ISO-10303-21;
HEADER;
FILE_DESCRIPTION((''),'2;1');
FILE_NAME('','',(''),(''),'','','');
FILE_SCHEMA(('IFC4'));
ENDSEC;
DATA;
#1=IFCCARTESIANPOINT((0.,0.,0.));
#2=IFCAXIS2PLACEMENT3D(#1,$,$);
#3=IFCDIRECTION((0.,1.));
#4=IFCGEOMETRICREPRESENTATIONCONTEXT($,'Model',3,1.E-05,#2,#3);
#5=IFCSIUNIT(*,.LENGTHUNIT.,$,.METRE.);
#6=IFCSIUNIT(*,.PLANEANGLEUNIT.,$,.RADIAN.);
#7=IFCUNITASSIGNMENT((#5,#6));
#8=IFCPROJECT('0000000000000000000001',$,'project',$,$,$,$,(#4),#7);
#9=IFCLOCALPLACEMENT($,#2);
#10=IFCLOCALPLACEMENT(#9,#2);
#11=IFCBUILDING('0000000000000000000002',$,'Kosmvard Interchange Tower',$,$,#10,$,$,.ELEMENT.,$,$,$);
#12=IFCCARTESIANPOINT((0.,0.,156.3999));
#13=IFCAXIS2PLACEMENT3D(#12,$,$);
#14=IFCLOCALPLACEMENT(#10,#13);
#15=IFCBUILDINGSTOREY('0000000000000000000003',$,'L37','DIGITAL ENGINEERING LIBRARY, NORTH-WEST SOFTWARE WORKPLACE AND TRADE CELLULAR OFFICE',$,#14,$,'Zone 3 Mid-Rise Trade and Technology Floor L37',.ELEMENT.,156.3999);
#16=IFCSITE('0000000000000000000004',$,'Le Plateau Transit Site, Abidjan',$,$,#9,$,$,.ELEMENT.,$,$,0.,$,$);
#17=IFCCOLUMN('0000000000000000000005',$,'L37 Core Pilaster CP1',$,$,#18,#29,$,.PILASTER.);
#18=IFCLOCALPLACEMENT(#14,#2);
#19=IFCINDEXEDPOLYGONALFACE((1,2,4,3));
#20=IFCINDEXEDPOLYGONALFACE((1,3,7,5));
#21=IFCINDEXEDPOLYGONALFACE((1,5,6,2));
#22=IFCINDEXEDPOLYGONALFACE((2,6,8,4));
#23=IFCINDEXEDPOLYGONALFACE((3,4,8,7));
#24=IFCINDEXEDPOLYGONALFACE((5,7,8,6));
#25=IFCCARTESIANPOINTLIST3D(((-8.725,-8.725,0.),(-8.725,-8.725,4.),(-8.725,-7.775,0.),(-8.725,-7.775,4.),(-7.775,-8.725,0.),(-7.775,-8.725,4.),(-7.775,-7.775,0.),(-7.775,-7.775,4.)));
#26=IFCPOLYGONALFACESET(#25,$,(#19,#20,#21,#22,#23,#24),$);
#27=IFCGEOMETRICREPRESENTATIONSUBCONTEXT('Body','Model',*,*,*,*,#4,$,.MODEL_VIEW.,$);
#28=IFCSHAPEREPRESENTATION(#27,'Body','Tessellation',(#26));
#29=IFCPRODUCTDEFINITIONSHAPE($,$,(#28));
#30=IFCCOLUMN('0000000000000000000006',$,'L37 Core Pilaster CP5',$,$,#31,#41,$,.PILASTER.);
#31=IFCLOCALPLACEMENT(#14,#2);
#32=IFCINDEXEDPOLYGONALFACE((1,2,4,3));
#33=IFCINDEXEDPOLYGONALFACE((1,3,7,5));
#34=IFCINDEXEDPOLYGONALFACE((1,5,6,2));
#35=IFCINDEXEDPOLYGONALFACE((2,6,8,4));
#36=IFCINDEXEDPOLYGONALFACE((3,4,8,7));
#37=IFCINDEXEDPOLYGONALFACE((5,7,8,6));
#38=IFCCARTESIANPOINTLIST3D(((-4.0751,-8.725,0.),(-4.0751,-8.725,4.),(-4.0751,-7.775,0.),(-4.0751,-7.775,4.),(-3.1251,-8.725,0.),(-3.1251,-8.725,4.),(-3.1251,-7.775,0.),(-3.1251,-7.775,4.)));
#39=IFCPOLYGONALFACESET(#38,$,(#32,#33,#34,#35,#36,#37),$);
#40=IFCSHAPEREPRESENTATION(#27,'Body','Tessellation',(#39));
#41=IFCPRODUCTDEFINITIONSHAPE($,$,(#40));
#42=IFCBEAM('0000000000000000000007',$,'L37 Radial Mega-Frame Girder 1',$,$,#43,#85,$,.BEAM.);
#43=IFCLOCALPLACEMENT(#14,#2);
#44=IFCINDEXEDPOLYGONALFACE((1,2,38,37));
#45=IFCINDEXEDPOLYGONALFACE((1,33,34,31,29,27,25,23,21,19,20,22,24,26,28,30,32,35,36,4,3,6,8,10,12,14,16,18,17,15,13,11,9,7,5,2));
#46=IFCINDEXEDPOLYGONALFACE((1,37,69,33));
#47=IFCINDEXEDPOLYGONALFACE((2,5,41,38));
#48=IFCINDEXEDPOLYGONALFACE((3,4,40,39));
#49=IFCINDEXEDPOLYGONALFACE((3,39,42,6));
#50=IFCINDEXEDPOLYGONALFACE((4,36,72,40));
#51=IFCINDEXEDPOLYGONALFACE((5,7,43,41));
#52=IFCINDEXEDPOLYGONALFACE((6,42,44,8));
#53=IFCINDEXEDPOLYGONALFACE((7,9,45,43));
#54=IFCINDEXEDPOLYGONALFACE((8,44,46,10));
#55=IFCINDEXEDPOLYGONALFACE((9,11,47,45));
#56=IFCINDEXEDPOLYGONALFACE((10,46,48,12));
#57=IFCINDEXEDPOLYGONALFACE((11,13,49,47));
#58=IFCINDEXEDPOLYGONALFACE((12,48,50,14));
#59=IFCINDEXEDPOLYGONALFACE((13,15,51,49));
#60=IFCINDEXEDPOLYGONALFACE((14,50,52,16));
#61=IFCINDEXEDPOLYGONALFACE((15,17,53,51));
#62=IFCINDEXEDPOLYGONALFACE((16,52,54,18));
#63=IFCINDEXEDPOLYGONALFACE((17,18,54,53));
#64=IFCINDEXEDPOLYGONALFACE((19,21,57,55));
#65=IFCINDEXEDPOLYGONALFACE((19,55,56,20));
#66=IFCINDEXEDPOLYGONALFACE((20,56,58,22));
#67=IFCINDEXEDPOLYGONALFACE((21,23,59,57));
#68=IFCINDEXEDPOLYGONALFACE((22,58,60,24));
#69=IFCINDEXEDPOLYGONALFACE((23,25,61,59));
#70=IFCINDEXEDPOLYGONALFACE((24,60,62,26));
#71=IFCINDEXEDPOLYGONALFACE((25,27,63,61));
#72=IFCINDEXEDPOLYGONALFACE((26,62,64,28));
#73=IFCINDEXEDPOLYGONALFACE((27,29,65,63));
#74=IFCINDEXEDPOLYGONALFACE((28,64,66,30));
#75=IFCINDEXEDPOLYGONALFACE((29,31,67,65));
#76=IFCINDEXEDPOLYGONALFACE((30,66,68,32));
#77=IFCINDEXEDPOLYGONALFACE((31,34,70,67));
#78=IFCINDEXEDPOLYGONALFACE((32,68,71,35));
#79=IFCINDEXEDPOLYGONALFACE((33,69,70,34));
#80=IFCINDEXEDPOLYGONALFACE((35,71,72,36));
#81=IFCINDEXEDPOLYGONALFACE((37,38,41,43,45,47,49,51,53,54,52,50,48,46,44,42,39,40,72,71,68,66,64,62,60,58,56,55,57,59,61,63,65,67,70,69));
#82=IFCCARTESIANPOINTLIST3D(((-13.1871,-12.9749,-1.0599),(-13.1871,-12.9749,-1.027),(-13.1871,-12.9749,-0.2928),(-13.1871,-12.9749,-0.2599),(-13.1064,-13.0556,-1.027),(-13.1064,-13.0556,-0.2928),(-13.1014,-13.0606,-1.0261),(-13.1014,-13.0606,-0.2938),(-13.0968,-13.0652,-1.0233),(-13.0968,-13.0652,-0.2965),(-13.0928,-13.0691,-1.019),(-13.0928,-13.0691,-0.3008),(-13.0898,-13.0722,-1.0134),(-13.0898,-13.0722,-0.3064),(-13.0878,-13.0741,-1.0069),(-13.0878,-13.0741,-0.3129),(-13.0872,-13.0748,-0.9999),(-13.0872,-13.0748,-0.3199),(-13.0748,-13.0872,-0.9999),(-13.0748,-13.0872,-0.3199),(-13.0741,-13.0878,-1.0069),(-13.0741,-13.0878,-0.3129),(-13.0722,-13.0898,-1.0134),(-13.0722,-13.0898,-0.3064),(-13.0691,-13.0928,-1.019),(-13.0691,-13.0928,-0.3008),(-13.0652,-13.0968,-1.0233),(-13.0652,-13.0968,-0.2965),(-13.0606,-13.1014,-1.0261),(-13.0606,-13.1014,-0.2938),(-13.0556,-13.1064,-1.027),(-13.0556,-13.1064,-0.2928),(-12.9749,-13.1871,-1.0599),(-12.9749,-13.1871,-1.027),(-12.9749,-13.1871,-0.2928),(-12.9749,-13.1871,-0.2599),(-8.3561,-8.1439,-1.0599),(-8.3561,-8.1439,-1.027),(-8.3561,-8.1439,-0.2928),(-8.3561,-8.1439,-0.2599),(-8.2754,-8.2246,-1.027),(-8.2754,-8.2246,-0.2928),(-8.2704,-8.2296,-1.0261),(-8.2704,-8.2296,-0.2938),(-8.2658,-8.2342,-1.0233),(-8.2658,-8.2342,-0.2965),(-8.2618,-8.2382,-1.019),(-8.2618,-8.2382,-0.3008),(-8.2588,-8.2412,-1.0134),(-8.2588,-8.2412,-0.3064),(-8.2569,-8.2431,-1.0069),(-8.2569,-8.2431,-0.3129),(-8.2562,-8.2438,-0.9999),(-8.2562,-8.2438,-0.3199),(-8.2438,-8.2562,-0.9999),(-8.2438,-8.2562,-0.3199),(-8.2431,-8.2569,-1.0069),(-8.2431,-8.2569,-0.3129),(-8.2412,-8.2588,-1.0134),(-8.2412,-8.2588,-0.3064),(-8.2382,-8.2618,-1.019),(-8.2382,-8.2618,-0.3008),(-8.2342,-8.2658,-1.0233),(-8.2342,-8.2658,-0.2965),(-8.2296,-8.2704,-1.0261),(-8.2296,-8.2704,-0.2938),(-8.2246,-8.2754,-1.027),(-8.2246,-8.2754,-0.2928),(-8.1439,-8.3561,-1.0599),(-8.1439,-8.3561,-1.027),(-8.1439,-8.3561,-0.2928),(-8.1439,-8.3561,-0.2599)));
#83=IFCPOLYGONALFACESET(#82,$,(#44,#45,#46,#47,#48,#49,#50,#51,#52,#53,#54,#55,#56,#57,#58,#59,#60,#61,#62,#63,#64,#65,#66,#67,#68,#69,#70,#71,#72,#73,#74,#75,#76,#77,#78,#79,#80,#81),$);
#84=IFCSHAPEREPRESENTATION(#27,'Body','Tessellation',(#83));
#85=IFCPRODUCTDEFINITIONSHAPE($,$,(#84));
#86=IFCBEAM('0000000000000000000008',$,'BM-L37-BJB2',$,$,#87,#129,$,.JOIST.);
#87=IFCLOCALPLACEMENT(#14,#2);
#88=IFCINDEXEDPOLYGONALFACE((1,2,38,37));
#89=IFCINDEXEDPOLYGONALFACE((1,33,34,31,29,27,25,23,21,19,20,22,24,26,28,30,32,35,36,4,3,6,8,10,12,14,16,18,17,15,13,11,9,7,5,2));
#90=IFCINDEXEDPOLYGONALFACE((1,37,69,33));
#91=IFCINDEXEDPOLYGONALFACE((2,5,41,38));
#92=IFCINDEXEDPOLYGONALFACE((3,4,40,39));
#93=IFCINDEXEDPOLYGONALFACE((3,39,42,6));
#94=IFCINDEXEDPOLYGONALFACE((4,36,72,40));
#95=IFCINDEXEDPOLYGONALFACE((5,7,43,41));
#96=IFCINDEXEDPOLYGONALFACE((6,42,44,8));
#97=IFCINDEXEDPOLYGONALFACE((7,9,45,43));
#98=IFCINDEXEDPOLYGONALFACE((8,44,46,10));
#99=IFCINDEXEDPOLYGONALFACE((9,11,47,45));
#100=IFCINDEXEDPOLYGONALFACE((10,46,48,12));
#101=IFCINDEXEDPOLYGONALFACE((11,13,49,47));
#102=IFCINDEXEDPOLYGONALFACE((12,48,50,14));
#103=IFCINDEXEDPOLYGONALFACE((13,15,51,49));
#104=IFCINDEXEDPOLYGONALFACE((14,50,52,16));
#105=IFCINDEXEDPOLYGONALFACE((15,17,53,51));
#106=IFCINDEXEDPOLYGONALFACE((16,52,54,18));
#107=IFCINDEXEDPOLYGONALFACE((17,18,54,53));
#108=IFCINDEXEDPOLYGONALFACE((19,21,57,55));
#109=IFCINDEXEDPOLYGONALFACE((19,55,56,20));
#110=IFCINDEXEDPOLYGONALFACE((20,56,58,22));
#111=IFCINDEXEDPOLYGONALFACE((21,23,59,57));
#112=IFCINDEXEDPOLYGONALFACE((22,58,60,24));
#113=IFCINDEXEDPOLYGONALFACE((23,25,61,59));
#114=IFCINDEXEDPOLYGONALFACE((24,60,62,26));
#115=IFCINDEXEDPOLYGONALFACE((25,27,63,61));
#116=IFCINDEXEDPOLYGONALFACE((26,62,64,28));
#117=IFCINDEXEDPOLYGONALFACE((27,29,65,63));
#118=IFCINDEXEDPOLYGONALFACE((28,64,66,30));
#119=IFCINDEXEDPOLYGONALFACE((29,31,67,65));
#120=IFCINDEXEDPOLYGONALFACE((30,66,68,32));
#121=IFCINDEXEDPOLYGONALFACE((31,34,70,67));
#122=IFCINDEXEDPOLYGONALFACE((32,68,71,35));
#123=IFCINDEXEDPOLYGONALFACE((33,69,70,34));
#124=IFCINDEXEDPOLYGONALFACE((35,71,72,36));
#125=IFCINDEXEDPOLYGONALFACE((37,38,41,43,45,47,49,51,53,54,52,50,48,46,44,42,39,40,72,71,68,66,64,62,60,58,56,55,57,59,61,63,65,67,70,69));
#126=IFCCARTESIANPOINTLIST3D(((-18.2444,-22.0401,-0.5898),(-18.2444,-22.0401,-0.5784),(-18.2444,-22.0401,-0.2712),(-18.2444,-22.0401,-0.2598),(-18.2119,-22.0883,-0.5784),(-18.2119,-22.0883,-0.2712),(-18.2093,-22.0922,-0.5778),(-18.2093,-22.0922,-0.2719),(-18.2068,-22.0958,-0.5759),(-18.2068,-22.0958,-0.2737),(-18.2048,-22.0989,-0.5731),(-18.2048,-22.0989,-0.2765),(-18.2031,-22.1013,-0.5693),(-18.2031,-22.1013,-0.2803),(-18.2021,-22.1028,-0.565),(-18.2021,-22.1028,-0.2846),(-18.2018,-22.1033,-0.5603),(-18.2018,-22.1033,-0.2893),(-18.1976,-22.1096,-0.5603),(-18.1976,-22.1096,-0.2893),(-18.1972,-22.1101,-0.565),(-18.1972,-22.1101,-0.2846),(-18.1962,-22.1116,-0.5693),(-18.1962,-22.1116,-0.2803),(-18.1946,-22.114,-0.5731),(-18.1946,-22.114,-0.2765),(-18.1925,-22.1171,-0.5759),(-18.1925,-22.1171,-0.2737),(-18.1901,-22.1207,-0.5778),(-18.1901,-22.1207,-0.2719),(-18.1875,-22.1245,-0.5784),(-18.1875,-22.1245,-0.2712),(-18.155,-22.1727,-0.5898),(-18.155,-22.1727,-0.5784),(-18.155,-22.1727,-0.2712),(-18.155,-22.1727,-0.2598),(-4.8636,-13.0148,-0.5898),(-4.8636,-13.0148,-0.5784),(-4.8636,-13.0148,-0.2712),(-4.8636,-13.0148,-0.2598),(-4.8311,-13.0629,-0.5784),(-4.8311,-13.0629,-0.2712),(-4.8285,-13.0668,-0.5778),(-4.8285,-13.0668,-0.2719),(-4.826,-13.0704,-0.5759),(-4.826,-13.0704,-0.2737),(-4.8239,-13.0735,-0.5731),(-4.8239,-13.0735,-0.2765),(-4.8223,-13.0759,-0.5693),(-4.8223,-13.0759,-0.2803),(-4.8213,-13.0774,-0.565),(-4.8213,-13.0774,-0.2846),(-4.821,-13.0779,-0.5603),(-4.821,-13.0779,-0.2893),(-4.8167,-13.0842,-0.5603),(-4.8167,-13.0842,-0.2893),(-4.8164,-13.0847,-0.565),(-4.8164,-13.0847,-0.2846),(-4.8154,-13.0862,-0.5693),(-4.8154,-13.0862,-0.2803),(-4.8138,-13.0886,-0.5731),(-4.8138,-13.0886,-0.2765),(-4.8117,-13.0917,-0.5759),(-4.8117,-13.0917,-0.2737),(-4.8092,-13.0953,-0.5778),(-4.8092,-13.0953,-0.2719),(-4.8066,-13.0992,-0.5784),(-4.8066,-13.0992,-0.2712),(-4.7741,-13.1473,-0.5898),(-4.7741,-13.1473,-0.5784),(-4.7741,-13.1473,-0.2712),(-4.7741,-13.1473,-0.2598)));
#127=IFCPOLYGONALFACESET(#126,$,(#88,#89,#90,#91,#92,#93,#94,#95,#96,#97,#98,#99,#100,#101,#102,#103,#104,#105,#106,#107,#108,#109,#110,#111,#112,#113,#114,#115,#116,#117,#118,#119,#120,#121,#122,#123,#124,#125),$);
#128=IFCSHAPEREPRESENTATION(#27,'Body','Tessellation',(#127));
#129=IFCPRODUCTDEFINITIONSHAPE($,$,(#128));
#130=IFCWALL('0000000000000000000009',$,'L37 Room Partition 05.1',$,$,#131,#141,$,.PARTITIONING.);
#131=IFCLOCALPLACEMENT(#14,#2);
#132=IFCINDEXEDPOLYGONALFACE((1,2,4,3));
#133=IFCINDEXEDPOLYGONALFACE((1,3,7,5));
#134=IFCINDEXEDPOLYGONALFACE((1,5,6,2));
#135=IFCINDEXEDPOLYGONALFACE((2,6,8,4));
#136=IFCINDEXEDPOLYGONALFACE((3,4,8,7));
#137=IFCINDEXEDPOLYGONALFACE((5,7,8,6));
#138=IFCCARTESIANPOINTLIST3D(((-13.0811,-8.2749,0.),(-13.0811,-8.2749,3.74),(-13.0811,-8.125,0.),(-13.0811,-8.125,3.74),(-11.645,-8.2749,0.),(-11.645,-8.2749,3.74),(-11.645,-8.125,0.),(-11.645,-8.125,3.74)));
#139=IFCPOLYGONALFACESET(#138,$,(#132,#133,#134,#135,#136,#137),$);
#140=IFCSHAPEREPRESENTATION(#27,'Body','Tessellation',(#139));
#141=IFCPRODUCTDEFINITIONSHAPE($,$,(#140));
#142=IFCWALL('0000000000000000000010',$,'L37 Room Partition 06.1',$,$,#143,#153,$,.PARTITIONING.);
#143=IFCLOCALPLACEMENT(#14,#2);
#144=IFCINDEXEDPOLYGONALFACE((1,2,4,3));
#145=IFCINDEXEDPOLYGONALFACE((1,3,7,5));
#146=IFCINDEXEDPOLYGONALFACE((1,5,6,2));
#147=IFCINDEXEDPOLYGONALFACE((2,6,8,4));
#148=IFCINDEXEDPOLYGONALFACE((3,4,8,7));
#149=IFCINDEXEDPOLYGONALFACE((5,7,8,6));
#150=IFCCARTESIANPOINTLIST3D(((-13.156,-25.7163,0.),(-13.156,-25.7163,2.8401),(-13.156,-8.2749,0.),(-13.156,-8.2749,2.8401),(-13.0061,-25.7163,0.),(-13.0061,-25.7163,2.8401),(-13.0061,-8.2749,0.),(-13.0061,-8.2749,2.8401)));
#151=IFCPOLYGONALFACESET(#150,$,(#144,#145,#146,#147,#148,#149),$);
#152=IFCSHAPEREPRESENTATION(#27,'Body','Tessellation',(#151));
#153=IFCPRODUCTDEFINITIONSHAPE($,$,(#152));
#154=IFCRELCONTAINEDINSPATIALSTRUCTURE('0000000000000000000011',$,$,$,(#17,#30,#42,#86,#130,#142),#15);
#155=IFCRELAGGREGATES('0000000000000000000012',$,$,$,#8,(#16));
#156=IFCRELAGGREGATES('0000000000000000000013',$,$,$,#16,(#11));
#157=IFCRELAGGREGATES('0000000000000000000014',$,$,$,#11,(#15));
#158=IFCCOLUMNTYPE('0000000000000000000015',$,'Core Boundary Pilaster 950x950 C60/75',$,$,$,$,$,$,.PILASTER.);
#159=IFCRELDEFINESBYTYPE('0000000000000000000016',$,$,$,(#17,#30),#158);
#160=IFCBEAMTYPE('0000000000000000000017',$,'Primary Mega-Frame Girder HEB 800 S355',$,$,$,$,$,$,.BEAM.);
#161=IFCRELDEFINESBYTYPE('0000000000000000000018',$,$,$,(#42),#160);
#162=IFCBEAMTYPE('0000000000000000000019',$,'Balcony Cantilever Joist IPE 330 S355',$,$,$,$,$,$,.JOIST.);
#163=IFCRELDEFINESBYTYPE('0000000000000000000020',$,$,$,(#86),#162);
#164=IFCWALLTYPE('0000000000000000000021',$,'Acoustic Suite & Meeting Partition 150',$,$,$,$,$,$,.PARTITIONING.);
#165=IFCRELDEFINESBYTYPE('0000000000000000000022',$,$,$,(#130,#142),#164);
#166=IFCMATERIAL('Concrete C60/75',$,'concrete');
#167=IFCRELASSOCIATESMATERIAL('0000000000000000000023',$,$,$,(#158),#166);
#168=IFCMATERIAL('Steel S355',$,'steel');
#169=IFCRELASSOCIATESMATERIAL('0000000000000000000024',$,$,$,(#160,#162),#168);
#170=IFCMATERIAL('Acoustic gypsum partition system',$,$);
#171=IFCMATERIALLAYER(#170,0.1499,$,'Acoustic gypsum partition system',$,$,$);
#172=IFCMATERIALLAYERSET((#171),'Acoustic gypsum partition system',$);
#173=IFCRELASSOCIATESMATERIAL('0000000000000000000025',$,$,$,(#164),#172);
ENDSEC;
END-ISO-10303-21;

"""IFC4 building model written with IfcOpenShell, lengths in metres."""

from ifc_helpers import new_model, si_unit, direction, frame, frame_2d, origin, origin_2d, place, context, subcontext, project, spatial, rectangle, i_section, extrude, source, transform, mapped, material, layer, layer_set, material_profile, profile_set, type_object, element, save


model = new_model("IFC4")

# Units and contexts
model_context = context("Model", 3, precision=1e-05, world=origin(), true_north=direction((0.0, 1.0)))
body_context = subcontext(model_context, "Body", "Model", "MODEL_VIEW")
ifc_project = project(units=[si_unit("LENGTHUNIT", "METRE"), si_unit("PLANEANGLEUNIT", "RADIAN")], contexts=[model_context])

# Site, building, storey
site_placement = place(None, origin())
site = spatial("IfcSite", under=ifc_project, at=site_placement, Name="Le Plateau Transit Site, Abidjan", CompositionType="ELEMENT", RefElevation=0.0)
building_placement = place(site_placement, origin())
building = spatial("IfcBuilding", under=site, at=building_placement, Name="Kosmvard Interchange Tower", CompositionType="ELEMENT")
storey_placement = place(building_placement, frame((0.0, 0.0, 156.3999)))
storey = spatial("IfcBuildingStorey", under=building, at=storey_placement, Name="L37", Description="DIGITAL ENGINEERING LIBRARY, NORTH-WEST SOFTWARE WORKPLACE AND TRADE CELLULAR OFFICE", LongName="Zone 3 Mid-Rise Trade and Technology Floor L37", CompositionType="ELEMENT", Elevation=156.3999)

# Columns
ifc_material_1 = material(Name="Concrete C60/75", Category="concrete")
ifc_material_profile_1 = material_profile(ifc_material_1, rectangle(XDim=0.95, YDim=0.95, at=origin_2d()), Name="CP 950x950")
ifc_profile_set_1 = profile_set([ifc_material_profile_1], Name="Concrete C60/75")
column_type = type_object("IfcColumnType", Name="Core Boundary Pilaster 950x950 C60/75", PredefinedType="PILASTER", material=ifc_profile_set_1)
shared_shape_1 = source(origin(), body_context, "Body", "SweptSolid", [
    extrude(rectangle(XDim=0.95, YDim=0.95, at=origin_2d()), origin(), (0.0, 0.0, 1.0), 4.0),
])
for number, where, z_axis, x_axis, name in (
    (1, (-8.25, -8.25, 0.0), (0.0, 0.0, 1.0), (1.0, 0.0, 0.0), "L37 Core Pilaster CP1"),
    (2, (-3.6001, -8.25, 0.0), (0.0, 0.0, 1.0), (1.0, 0.0, 0.0), "L37 Core Pilaster CP5"),
):
    element("IfcColumn", number, at=place(storey_placement, frame(where, z_axis=z_axis, x_axis=x_axis)), inside=storey, type_object=column_type, Name=name, PredefinedType="PILASTER", context=body_context, shape_type="MappedRepresentation", body=[
        mapped(shared_shape_1, transform((0.0, 0.0, 0.0), scale=1.0)),
    ])

# Beams
ifc_material_2 = material(Name="Steel S355", Category="steel")
ifc_material_profile_2 = material_profile(ifc_material_2, i_section(OverallWidth=0.3, OverallDepth=0.8, WebThickness=0.0176, FlangeThickness=0.033, FilletRadius=0.0271, at=origin_2d()), Name="HEB 800")
ifc_profile_set_2 = profile_set([ifc_material_profile_2], Name="Steel S355")
beam_type_1 = type_object("IfcBeamType", Name="Primary Mega-Frame Girder HEB 800 S355", PredefinedType="BEAM", material=ifc_profile_set_2)
shared_shape_2 = source(origin(), body_context, "Body", "SweptSolid", [
    extrude(i_section(OverallWidth=0.3, OverallDepth=0.8, WebThickness=0.0176, FlangeThickness=0.033, FilletRadius=0.0271, at=origin_2d()), origin(), (0.0, 0.0, 1.0), 6.832),
])
beam_1_placement = place(storey_placement, frame((-8.25, -8.25, -0.6599), z_axis=(-0.707107, -0.707107, 0.0), x_axis=(0.707107, -0.707107, 0.0)))
element("IfcBeam", 3, at=beam_1_placement, inside=storey, type_object=beam_type_1, Name="L37 Radial Mega-Frame Girder 1", PredefinedType="BEAM", context=body_context, shape_type="MappedRepresentation", body=[
    mapped(shared_shape_2, transform((0.0, 0.0, 0.0), scale=1.0)),
])
ifc_material_profile_3 = material_profile(ifc_material_2, i_section(OverallWidth=0.1599, OverallDepth=0.3301, WebThickness=0.0076, FlangeThickness=0.0115, FilletRadius=0.0181, at=origin_2d()), Name="IPE 330")
ifc_profile_set_3 = profile_set([ifc_material_profile_3], Name="Steel S355")
beam_type_2 = type_object("IfcBeamType", Name="Balcony Cantilever Joist IPE 330 S355", PredefinedType="JOIST", material=ifc_profile_set_3)
shared_shape_3 = source(origin(), body_context, "Body", "SweptSolid", [
    extrude(i_section(OverallWidth=0.1599, OverallDepth=0.3301, WebThickness=0.0076, FlangeThickness=0.0115, FilletRadius=0.0181, at=origin_2d()), origin(), (0.0, 0.0, 1.0), 16.1401),
])
beam_2_placement = place(storey_placement, frame((-4.8188, -13.0811, -0.4248), z_axis=(-0.829041, -0.559188, 0.0), x_axis=(0.559188, -0.829041, 0.0)))
element("IfcBeam", 4, at=beam_2_placement, inside=storey, type_object=beam_type_2, Name="BM-L37-BJB2", PredefinedType="JOIST", context=body_context, shape_type="MappedRepresentation", body=[
    mapped(shared_shape_3, transform((0.0, 0.0, 0.0), scale=1.0)),
])

# Walls
ifc_material_3 = material(Name="Acoustic gypsum partition system")
ifc_layer_1 = layer(ifc_material_3, 0.1499, Name="Acoustic gypsum partition system")
ifc_layer_set_1 = layer_set([ifc_layer_1], Name="Acoustic gypsum partition system")
wall_type_1 = type_object("IfcWallType", Name="Acoustic Suite & Meeting Partition 150", PredefinedType="PARTITIONING", material=ifc_layer_set_1)
wall_1_placement = place(storey_placement, frame((-11.645, -8.2, 0.0), z_axis=(0.0, 0.0, 1.0), x_axis=(-1.0, 0.0, 0.0)))
element("IfcWall", 5, at=wall_1_placement, inside=storey, type_object=wall_type_1, Name="L37 Room Partition 05.1", PredefinedType="PARTITIONING", context=body_context, shape_type="SweptSolid", body=[
    extrude(rectangle(XDim=1.436, YDim=0.1499, at=frame_2d((0.718, 0.0))), origin(), (0.0, 0.0, 1.0), 3.74),
])
wall_2_placement = place(storey_placement, frame((-13.0811, -8.2749, 0.0), z_axis=(0.0, 0.0, 1.0), x_axis=(0.0, -1.0, 0.0)))
element("IfcWall", 6, at=wall_2_placement, inside=storey, type_object=wall_type_1, Name="L37 Room Partition 06.1", PredefinedType="PARTITIONING", context=body_context, shape_type="SweptSolid", body=[
    extrude(rectangle(XDim=17.4414, YDim=0.1499, at=frame_2d((8.7207, 0.0))), origin(), (0.0, 0.0, 1.0), 2.8401),
])

save(model, "model.ifc")
